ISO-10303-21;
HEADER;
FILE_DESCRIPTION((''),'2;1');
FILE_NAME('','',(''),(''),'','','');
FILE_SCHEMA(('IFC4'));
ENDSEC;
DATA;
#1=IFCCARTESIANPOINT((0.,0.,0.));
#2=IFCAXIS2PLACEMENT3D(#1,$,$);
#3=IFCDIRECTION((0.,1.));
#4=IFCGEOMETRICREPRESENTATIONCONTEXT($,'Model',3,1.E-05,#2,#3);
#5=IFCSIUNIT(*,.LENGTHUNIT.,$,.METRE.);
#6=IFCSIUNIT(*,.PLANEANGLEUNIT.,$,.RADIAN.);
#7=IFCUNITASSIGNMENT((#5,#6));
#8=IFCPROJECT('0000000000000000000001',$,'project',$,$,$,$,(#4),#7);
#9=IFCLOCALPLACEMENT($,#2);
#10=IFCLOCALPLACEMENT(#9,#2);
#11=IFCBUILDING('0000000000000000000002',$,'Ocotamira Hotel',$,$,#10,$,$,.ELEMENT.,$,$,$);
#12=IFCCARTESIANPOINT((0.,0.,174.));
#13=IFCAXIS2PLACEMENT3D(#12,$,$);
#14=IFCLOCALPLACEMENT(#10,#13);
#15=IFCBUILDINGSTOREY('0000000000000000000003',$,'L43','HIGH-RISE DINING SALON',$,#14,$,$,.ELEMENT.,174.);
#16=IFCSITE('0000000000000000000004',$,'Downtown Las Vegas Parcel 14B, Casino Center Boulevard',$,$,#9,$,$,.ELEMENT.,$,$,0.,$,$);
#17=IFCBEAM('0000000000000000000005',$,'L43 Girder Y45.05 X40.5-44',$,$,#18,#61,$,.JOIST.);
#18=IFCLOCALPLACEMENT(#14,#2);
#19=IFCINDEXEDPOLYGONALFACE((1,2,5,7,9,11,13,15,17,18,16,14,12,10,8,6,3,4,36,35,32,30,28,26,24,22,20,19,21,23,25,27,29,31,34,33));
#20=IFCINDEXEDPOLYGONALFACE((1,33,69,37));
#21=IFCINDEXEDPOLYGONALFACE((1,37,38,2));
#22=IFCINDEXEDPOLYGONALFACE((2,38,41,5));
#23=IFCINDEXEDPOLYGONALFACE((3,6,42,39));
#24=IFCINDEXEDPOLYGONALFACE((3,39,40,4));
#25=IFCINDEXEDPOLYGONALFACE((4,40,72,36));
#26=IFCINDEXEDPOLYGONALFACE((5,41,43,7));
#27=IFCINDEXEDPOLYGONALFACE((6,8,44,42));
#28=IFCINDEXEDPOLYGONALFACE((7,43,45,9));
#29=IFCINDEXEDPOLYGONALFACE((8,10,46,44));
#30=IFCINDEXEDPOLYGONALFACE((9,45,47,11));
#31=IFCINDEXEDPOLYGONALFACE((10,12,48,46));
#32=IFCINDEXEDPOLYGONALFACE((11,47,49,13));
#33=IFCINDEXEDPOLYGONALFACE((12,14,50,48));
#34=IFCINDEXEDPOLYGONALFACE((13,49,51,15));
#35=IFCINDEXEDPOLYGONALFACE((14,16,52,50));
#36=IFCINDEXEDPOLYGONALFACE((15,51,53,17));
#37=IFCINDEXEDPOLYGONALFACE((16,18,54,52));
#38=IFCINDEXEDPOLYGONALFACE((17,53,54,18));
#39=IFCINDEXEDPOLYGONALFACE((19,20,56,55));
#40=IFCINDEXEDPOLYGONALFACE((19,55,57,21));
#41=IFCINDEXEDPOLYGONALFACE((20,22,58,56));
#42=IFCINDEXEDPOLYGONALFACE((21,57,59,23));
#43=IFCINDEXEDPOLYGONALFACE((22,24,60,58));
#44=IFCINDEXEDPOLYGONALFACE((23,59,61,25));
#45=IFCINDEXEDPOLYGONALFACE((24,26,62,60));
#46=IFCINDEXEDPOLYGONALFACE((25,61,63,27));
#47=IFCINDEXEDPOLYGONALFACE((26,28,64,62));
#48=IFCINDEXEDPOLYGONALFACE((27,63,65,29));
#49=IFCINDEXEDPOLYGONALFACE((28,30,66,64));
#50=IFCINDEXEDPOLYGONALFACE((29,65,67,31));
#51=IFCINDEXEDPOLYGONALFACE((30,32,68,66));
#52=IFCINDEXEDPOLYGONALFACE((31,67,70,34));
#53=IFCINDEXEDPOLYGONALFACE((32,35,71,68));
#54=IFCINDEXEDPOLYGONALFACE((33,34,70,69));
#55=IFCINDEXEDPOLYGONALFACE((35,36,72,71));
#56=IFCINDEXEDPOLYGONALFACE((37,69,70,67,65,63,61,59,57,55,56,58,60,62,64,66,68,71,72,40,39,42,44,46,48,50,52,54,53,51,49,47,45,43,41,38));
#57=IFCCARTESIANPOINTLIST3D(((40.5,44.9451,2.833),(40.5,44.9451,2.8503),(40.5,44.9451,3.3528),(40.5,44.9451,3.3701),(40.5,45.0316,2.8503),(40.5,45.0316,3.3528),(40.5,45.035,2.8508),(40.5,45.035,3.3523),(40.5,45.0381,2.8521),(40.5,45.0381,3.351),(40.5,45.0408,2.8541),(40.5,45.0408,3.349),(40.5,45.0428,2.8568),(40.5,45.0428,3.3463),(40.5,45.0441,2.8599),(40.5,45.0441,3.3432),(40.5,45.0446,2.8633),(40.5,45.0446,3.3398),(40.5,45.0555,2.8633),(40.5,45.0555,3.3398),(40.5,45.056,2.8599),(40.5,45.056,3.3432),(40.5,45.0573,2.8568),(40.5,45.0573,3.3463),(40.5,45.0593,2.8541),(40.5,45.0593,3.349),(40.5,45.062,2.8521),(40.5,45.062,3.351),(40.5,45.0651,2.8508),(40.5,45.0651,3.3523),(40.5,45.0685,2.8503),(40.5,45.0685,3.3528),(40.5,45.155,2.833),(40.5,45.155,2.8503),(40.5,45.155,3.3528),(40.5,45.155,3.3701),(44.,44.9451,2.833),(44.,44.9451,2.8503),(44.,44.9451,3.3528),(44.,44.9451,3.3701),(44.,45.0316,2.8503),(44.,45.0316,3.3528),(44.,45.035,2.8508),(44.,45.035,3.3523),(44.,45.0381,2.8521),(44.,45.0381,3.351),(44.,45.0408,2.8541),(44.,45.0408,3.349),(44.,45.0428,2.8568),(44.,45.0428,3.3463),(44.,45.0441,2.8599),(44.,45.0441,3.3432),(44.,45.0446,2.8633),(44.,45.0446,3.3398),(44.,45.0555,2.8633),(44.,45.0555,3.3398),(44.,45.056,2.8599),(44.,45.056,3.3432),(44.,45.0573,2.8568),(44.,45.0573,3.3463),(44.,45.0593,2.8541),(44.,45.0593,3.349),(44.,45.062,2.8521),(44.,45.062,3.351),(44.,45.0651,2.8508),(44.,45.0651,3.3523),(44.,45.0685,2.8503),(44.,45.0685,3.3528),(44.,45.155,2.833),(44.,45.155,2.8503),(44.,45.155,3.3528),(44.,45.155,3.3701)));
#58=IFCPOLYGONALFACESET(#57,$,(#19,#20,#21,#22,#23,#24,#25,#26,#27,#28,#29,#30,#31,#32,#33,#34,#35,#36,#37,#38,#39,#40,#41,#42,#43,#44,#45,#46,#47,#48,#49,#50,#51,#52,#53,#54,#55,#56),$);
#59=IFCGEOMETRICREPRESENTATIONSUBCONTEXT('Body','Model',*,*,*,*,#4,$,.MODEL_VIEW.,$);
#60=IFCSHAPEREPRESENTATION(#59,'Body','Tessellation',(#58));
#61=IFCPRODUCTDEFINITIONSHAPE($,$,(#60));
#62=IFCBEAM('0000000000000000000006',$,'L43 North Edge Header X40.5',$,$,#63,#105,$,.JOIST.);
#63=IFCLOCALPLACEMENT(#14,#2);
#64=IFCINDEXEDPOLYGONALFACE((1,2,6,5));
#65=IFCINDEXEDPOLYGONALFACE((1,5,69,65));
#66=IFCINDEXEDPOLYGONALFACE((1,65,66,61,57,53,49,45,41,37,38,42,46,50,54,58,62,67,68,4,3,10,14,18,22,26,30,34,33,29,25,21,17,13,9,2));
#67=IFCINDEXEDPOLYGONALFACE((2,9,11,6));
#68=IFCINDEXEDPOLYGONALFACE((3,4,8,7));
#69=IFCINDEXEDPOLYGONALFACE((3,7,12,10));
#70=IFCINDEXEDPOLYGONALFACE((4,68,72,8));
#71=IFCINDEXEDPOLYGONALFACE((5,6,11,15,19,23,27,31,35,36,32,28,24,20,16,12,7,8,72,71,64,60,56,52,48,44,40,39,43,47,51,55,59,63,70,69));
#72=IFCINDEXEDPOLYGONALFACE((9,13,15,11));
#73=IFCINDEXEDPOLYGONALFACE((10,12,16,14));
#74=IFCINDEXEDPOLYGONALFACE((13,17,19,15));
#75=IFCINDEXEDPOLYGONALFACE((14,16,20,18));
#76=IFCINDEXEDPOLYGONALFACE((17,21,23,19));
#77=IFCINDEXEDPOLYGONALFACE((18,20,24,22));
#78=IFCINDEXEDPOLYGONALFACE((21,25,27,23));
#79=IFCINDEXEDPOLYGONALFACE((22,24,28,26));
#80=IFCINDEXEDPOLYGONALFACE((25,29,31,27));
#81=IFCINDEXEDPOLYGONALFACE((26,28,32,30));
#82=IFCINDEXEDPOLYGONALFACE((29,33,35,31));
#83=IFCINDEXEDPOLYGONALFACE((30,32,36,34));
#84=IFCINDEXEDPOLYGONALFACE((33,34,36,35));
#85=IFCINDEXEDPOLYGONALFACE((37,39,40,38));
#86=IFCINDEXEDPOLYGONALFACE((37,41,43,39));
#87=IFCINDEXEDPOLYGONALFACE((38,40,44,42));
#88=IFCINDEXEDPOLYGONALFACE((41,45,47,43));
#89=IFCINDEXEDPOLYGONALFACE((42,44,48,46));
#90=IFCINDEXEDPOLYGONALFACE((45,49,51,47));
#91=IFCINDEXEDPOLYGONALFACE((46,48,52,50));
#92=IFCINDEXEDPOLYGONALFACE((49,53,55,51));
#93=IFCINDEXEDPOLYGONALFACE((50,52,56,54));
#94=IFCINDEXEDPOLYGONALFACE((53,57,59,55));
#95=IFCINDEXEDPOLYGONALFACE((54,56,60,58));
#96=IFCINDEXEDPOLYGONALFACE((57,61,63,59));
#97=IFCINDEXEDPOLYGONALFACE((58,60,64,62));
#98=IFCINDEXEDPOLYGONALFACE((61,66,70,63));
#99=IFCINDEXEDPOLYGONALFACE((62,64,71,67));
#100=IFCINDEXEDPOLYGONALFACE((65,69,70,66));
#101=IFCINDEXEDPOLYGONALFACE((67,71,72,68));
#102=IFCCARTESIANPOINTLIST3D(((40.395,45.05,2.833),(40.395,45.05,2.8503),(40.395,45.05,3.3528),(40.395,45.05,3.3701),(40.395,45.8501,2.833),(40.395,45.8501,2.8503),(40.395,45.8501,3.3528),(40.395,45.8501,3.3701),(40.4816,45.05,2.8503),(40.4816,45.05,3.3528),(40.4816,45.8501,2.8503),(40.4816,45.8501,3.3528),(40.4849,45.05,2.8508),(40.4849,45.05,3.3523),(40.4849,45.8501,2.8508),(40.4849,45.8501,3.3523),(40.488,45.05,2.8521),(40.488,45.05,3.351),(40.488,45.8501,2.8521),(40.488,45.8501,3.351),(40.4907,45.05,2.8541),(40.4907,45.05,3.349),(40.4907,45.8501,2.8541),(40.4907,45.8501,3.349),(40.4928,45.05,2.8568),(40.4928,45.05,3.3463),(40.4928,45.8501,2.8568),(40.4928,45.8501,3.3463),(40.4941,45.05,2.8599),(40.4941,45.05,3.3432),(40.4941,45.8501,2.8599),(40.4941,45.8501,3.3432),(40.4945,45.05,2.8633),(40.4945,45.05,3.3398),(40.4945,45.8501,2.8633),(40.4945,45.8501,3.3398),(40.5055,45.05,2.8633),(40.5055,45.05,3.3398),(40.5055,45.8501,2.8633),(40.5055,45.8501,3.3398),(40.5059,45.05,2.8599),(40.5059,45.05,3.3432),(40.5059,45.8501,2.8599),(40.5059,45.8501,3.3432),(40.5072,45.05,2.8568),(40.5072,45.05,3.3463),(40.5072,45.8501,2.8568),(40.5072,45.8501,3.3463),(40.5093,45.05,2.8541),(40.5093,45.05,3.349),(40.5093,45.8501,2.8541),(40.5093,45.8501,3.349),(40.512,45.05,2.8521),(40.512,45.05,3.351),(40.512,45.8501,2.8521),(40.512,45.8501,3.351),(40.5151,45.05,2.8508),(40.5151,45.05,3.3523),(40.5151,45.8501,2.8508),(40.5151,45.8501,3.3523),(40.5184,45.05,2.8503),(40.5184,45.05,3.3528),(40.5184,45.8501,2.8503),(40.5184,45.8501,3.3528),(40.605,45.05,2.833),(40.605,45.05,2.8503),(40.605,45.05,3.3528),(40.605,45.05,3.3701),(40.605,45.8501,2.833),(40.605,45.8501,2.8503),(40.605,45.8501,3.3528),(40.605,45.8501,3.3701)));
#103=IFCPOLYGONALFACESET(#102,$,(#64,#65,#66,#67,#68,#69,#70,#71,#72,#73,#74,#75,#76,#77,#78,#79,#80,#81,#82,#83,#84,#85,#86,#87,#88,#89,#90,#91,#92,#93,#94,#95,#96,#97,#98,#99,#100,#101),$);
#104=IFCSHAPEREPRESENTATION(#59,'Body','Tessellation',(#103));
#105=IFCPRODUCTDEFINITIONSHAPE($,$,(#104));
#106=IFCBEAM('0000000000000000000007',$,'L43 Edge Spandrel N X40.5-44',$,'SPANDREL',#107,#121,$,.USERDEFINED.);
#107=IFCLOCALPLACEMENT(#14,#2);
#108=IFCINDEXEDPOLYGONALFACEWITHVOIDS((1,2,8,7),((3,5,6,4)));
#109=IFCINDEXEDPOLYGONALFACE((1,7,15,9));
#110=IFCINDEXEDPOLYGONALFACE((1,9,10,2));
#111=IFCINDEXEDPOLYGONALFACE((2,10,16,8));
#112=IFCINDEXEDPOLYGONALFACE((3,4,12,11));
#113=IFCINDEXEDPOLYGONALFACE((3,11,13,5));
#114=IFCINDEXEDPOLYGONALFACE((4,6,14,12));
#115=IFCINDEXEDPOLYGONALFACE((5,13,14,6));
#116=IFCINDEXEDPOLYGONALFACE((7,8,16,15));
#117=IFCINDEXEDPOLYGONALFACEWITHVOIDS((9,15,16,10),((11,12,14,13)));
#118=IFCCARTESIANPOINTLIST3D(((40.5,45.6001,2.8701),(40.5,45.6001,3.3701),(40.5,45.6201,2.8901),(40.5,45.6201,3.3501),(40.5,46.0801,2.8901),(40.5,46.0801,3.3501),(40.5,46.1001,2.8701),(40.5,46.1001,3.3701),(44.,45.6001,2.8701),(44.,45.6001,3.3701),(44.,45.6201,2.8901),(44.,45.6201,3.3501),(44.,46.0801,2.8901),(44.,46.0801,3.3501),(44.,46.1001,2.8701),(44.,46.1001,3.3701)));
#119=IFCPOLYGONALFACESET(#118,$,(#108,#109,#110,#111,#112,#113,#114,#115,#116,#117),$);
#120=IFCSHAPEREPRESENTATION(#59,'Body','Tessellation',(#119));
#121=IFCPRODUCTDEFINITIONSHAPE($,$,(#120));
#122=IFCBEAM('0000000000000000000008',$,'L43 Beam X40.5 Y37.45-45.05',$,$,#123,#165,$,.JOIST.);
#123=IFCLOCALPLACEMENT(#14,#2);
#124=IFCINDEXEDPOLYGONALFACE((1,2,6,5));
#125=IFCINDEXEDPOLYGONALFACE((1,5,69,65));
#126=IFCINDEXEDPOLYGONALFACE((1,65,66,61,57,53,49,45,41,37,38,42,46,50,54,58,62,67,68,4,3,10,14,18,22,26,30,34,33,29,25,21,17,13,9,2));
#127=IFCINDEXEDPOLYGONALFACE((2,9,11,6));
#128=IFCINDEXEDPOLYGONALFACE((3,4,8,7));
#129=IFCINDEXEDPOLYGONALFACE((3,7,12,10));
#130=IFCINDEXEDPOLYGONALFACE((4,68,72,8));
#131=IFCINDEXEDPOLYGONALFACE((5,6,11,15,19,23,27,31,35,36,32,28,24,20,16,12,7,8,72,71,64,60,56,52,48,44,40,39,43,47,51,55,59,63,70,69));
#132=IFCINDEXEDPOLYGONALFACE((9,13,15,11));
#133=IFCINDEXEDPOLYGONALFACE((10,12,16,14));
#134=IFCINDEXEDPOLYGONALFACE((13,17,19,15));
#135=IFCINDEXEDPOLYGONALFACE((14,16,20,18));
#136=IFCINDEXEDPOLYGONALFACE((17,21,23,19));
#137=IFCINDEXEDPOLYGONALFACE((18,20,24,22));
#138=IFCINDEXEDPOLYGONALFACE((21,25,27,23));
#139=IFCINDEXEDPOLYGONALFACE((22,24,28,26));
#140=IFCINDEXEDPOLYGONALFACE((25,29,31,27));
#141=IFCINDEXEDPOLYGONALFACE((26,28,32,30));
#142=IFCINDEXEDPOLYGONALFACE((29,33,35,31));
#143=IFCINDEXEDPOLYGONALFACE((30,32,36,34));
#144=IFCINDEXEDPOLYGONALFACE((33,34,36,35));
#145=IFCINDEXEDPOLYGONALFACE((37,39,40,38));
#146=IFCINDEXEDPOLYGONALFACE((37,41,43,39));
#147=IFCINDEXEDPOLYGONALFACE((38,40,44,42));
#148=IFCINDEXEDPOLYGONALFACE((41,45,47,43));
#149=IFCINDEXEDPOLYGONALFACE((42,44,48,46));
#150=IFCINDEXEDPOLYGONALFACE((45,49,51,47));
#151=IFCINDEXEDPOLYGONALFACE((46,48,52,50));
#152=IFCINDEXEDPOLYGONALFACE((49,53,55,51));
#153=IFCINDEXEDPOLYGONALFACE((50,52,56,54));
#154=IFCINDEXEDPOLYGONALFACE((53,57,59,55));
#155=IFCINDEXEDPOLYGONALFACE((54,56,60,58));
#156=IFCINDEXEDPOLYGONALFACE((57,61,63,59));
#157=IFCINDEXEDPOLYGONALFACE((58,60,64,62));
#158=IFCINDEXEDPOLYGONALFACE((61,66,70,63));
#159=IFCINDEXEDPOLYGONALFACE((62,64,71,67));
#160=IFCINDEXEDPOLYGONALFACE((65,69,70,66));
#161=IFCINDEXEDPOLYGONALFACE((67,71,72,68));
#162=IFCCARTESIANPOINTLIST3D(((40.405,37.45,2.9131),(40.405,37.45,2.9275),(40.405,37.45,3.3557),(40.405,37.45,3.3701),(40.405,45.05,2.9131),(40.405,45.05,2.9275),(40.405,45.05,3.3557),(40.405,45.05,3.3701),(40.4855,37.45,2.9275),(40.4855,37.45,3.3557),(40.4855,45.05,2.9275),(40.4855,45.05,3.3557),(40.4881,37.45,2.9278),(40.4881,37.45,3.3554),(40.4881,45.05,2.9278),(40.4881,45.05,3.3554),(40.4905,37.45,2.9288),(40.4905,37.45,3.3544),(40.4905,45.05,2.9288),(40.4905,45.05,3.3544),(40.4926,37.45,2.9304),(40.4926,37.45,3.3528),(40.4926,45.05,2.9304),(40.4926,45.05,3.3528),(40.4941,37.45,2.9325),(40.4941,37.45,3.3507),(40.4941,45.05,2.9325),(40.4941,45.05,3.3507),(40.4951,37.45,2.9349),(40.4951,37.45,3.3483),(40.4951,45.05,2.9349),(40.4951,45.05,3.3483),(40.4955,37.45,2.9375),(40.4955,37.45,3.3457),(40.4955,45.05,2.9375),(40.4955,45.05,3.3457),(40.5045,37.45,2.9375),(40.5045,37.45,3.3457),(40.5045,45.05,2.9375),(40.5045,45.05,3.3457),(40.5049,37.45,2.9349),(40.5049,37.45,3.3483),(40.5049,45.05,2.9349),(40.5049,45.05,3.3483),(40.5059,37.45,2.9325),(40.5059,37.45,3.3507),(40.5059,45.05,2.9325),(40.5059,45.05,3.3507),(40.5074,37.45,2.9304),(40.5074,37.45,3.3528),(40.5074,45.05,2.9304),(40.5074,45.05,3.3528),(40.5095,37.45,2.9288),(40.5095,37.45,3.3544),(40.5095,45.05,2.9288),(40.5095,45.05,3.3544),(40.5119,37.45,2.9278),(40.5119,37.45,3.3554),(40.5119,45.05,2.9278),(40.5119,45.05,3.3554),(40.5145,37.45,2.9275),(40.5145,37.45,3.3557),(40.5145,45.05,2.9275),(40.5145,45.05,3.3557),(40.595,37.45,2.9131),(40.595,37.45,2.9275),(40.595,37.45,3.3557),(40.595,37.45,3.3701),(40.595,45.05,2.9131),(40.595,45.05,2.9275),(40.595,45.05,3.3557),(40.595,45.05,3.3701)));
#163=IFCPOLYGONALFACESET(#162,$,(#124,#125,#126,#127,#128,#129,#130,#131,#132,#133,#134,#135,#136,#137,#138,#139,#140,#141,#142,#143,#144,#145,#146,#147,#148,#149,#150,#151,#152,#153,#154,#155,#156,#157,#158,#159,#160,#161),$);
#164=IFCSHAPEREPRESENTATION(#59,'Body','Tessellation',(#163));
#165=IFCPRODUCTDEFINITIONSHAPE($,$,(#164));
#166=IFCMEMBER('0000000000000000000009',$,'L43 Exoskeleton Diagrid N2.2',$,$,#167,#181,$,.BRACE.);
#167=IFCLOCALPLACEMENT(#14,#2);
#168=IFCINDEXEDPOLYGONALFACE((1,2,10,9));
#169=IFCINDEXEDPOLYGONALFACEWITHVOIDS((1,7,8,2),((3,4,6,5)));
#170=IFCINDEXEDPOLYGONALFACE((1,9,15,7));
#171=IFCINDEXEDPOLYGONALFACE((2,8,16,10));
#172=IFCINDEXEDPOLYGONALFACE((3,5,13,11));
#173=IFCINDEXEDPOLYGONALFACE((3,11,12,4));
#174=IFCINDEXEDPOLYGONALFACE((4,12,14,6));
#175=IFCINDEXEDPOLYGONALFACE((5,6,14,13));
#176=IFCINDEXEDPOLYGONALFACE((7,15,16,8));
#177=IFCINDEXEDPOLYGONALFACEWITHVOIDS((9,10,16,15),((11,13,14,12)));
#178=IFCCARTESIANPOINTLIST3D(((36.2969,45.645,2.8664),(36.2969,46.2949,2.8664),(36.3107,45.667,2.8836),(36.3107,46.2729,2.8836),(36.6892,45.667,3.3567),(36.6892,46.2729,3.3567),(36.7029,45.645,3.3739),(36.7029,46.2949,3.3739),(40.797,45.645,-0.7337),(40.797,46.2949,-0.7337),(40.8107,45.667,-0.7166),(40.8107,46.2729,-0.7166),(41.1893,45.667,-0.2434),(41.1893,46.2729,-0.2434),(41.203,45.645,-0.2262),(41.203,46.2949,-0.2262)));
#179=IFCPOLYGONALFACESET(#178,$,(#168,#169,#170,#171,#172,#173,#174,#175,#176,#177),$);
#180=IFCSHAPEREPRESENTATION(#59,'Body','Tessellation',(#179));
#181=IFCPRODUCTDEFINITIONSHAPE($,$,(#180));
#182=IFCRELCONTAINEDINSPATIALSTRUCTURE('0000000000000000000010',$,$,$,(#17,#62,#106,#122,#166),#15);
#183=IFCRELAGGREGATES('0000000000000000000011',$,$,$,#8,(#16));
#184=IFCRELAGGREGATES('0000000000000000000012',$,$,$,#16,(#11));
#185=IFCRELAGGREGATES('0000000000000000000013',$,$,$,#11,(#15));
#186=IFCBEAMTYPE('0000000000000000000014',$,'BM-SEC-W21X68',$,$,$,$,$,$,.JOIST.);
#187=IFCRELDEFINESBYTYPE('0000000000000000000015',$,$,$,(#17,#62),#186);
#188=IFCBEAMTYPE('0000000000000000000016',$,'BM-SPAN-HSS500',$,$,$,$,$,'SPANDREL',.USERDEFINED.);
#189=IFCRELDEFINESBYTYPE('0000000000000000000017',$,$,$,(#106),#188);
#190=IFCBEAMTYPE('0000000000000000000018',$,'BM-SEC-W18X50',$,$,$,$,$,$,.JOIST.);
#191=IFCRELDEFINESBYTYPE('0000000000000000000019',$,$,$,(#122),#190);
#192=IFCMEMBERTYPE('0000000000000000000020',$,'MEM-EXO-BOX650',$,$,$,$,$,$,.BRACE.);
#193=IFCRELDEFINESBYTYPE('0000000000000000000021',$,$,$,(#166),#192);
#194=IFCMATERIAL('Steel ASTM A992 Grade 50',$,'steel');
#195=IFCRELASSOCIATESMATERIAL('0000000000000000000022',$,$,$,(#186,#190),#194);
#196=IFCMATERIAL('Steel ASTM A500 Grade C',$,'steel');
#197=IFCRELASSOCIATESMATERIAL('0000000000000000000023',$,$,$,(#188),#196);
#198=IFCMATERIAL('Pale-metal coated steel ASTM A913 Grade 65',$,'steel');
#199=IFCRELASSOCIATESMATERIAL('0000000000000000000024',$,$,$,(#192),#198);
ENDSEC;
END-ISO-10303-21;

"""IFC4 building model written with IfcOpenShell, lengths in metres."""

from ifc_helpers import new_model, si_unit, direction, frame, origin, origin_2d, place, context, subcontext, project, spatial, hollow_rectangle, i_section, extrude, source, transform, mapped, material, material_profile, profile_set, type_object, element, save


model = new_model("IFC4")

# Units and contexts
model_context = context("Model", 3, precision=1e-05, world=origin(), true_north=direction((0.0, 1.0)))
body_context = subcontext(model_context, "Body", "Model", "MODEL_VIEW")
ifc_project = project(units=[si_unit("LENGTHUNIT", "METRE"), si_unit("PLANEANGLEUNIT", "RADIAN")], contexts=[model_context])

# Site, building, storey
site_placement = place(None, origin())
site = spatial("IfcSite", under=ifc_project, at=site_placement, Name="Downtown Las Vegas Parcel 14B, Casino Center Boulevard", CompositionType="ELEMENT", RefElevation=0.0)
building_placement = place(site_placement, origin())
building = spatial("IfcBuilding", under=site, at=building_placement, Name="Ocotamira Hotel", CompositionType="ELEMENT")
storey_placement = place(building_placement, frame((0.0, 0.0, 174.0)))
storey = spatial("IfcBuildingStorey", under=building, at=storey_placement, Name="L43", Description="HIGH-RISE DINING SALON", CompositionType="ELEMENT", Elevation=174.0)

# Beams
ifc_material_1 = material(Name="Steel ASTM A992 Grade 50", Category="steel")
ifc_material_profile_1 = material_profile(ifc_material_1, i_section(OverallWidth=0.21, OverallDepth=0.5371, WebThickness=0.011, FlangeThickness=0.0173, FilletRadius=0.0129, at=origin_2d()), Name="W21X68")
ifc_profile_set_1 = profile_set([ifc_material_profile_1], Name="Steel ASTM A992 Grade 50")
beam_type_1 = type_object("IfcBeamType", Name="BM-SEC-W21X68", PredefinedType="JOIST", material=ifc_profile_set_1)
shared_shape_1 = source(origin(), body_context, "Body", "SweptSolid", [
    extrude(i_section(OverallWidth=0.21, OverallDepth=0.5371, WebThickness=0.011, FlangeThickness=0.0173, FilletRadius=0.0129, at=origin_2d()), origin(), (0.0, 0.0, 1.0), 3.5),
])
beam_1_placement = place(storey_placement, frame((40.5, 45.05, 3.1016), z_axis=(1.0, 0.0, 0.0), x_axis=(0.0, 1.0, 0.0)))
element("IfcBeam", 1, at=beam_1_placement, inside=storey, type_object=beam_type_1, Name="L43 Girder Y45.05 X40.5-44", PredefinedType="JOIST", context=body_context, shape_type="MappedRepresentation", body=[
    mapped(shared_shape_1, transform((0.0, 0.0, 0.0), scale=1.0)),
])
shared_shape_2 = source(origin(), body_context, "Body", "SweptSolid", [
    extrude(i_section(OverallWidth=0.21, OverallDepth=0.5371, WebThickness=0.011, FlangeThickness=0.0173, FilletRadius=0.0129, at=origin_2d()), origin(), (0.0, 0.0, 1.0), 0.8),
])
beam_2_placement = place(storey_placement, frame((40.5, 45.05, 3.1016), z_axis=(0.0, 1.0, 0.0), x_axis=(-1.0, 0.0, 0.0)))
element("IfcBeam", 2, at=beam_2_placement, inside=storey, type_object=beam_type_1, Name="L43 North Edge Header X40.5", PredefinedType="JOIST", context=body_context, shape_type="MappedRepresentation", body=[
    mapped(shared_shape_2, transform((0.0, 0.0, 0.0), scale=1.0)),
])
ifc_material_2 = material(Name="Steel ASTM A500 Grade C", Category="steel")
ifc_material_profile_2 = material_profile(ifc_material_2, hollow_rectangle(XDim=0.5, YDim=0.5, WallThickness=0.02, at=origin_2d()), Name="HSS500X500X20")
ifc_profile_set_2 = profile_set([ifc_material_profile_2], Name="Steel ASTM A500 Grade C")
beam_type_2 = type_object("IfcBeamType", Name="BM-SPAN-HSS500", ElementType="SPANDREL", PredefinedType="USERDEFINED", material=ifc_profile_set_2)
shared_shape_3 = source(origin(), body_context, "Body", "SweptSolid", [
    extrude(hollow_rectangle(XDim=0.5, YDim=0.5, WallThickness=0.02, at=origin_2d()), origin(), (0.0, 0.0, 1.0), 3.5),
])
beam_3_placement = place(storey_placement, frame((40.5, 45.8501, 3.1201), z_axis=(1.0, 0.0, 0.0), x_axis=(0.0, 1.0, 0.0)))
element("IfcBeam", 3, at=beam_3_placement, inside=storey, type_object=beam_type_2, Name="L43 Edge Spandrel N X40.5-44", ObjectType="SPANDREL", PredefinedType="USERDEFINED", context=body_context, shape_type="MappedRepresentation", body=[
    mapped(shared_shape_3, transform((0.0, 0.0, 0.0), scale=1.0)),
])
ifc_material_profile_3 = material_profile(ifc_material_1, i_section(OverallWidth=0.1899, OverallDepth=0.457, WebThickness=0.009, FlangeThickness=0.0144, FilletRadius=0.01, at=origin_2d()), Name="W18X50")
ifc_profile_set_3 = profile_set([ifc_material_profile_3], Name="Steel ASTM A992 Grade 50")
beam_type_3 = type_object("IfcBeamType", Name="BM-SEC-W18X50", PredefinedType="JOIST", material=ifc_profile_set_3)
shared_shape_4 = source(origin(), body_context, "Body", "SweptSolid", [
    extrude(i_section(OverallWidth=0.1899, OverallDepth=0.457, WebThickness=0.009, FlangeThickness=0.0144, FilletRadius=0.01, at=origin_2d()), origin(), (0.0, 0.0, 1.0), 7.6001),
])
beam_4_placement = place(storey_placement, frame((40.5, 37.45, 3.1416), z_axis=(0.0, 1.0, 0.0), x_axis=(-1.0, 0.0, 0.0)))
element("IfcBeam", 4, at=beam_4_placement, inside=storey, type_object=beam_type_3, Name="L43 Beam X40.5 Y37.45-45.05", PredefinedType="JOIST", context=body_context, shape_type="MappedRepresentation", body=[
    mapped(shared_shape_4, transform((0.0, 0.0, 0.0), scale=1.0)),
])

# Member
ifc_material_3 = material(Name="Pale-metal coated steel ASTM A913 Grade 65", Category="steel")
ifc_material_profile_4 = material_profile(ifc_material_3, hollow_rectangle(XDim=0.6499, YDim=0.6499, WallThickness=0.022, at=origin_2d()), Name="BOX650X650X22")
ifc_profile_set_4 = profile_set([ifc_material_profile_4], Name="Pale-metal coated steel ASTM A913 Grade 65")
member_type_1 = type_object("IfcMemberType", Name="MEM-EXO-BOX650", PredefinedType="BRACE", material=ifc_profile_set_4)
shared_shape_5 = source(origin(), body_context, "Body", "SweptSolid", [
    extrude(hollow_rectangle(XDim=0.6499, YDim=0.6499, WallThickness=0.022, at=origin_2d()), origin(), (0.0, 0.0, 1.0), 5.7629),
])
for number, where, z_axis, x_axis, name in (
    (5, (41.0, 45.97, -0.48), (-0.780861, 0.0, 0.624705), (0.0, -1.0, 0.0), "L43 Exoskeleton Diagrid N2.2"),
):
    element("IfcMember", number, at=place(storey_placement, frame(where, z_axis=z_axis, x_axis=x_axis)), inside=storey, type_object=member_type_1, Name=name, PredefinedType="BRACE", context=body_context, shape_type="MappedRepresentation", body=[
        mapped(shared_shape_5, transform((0.0, 0.0, 0.0), scale=1.0)),
    ])

save(model, "model.ifc")
